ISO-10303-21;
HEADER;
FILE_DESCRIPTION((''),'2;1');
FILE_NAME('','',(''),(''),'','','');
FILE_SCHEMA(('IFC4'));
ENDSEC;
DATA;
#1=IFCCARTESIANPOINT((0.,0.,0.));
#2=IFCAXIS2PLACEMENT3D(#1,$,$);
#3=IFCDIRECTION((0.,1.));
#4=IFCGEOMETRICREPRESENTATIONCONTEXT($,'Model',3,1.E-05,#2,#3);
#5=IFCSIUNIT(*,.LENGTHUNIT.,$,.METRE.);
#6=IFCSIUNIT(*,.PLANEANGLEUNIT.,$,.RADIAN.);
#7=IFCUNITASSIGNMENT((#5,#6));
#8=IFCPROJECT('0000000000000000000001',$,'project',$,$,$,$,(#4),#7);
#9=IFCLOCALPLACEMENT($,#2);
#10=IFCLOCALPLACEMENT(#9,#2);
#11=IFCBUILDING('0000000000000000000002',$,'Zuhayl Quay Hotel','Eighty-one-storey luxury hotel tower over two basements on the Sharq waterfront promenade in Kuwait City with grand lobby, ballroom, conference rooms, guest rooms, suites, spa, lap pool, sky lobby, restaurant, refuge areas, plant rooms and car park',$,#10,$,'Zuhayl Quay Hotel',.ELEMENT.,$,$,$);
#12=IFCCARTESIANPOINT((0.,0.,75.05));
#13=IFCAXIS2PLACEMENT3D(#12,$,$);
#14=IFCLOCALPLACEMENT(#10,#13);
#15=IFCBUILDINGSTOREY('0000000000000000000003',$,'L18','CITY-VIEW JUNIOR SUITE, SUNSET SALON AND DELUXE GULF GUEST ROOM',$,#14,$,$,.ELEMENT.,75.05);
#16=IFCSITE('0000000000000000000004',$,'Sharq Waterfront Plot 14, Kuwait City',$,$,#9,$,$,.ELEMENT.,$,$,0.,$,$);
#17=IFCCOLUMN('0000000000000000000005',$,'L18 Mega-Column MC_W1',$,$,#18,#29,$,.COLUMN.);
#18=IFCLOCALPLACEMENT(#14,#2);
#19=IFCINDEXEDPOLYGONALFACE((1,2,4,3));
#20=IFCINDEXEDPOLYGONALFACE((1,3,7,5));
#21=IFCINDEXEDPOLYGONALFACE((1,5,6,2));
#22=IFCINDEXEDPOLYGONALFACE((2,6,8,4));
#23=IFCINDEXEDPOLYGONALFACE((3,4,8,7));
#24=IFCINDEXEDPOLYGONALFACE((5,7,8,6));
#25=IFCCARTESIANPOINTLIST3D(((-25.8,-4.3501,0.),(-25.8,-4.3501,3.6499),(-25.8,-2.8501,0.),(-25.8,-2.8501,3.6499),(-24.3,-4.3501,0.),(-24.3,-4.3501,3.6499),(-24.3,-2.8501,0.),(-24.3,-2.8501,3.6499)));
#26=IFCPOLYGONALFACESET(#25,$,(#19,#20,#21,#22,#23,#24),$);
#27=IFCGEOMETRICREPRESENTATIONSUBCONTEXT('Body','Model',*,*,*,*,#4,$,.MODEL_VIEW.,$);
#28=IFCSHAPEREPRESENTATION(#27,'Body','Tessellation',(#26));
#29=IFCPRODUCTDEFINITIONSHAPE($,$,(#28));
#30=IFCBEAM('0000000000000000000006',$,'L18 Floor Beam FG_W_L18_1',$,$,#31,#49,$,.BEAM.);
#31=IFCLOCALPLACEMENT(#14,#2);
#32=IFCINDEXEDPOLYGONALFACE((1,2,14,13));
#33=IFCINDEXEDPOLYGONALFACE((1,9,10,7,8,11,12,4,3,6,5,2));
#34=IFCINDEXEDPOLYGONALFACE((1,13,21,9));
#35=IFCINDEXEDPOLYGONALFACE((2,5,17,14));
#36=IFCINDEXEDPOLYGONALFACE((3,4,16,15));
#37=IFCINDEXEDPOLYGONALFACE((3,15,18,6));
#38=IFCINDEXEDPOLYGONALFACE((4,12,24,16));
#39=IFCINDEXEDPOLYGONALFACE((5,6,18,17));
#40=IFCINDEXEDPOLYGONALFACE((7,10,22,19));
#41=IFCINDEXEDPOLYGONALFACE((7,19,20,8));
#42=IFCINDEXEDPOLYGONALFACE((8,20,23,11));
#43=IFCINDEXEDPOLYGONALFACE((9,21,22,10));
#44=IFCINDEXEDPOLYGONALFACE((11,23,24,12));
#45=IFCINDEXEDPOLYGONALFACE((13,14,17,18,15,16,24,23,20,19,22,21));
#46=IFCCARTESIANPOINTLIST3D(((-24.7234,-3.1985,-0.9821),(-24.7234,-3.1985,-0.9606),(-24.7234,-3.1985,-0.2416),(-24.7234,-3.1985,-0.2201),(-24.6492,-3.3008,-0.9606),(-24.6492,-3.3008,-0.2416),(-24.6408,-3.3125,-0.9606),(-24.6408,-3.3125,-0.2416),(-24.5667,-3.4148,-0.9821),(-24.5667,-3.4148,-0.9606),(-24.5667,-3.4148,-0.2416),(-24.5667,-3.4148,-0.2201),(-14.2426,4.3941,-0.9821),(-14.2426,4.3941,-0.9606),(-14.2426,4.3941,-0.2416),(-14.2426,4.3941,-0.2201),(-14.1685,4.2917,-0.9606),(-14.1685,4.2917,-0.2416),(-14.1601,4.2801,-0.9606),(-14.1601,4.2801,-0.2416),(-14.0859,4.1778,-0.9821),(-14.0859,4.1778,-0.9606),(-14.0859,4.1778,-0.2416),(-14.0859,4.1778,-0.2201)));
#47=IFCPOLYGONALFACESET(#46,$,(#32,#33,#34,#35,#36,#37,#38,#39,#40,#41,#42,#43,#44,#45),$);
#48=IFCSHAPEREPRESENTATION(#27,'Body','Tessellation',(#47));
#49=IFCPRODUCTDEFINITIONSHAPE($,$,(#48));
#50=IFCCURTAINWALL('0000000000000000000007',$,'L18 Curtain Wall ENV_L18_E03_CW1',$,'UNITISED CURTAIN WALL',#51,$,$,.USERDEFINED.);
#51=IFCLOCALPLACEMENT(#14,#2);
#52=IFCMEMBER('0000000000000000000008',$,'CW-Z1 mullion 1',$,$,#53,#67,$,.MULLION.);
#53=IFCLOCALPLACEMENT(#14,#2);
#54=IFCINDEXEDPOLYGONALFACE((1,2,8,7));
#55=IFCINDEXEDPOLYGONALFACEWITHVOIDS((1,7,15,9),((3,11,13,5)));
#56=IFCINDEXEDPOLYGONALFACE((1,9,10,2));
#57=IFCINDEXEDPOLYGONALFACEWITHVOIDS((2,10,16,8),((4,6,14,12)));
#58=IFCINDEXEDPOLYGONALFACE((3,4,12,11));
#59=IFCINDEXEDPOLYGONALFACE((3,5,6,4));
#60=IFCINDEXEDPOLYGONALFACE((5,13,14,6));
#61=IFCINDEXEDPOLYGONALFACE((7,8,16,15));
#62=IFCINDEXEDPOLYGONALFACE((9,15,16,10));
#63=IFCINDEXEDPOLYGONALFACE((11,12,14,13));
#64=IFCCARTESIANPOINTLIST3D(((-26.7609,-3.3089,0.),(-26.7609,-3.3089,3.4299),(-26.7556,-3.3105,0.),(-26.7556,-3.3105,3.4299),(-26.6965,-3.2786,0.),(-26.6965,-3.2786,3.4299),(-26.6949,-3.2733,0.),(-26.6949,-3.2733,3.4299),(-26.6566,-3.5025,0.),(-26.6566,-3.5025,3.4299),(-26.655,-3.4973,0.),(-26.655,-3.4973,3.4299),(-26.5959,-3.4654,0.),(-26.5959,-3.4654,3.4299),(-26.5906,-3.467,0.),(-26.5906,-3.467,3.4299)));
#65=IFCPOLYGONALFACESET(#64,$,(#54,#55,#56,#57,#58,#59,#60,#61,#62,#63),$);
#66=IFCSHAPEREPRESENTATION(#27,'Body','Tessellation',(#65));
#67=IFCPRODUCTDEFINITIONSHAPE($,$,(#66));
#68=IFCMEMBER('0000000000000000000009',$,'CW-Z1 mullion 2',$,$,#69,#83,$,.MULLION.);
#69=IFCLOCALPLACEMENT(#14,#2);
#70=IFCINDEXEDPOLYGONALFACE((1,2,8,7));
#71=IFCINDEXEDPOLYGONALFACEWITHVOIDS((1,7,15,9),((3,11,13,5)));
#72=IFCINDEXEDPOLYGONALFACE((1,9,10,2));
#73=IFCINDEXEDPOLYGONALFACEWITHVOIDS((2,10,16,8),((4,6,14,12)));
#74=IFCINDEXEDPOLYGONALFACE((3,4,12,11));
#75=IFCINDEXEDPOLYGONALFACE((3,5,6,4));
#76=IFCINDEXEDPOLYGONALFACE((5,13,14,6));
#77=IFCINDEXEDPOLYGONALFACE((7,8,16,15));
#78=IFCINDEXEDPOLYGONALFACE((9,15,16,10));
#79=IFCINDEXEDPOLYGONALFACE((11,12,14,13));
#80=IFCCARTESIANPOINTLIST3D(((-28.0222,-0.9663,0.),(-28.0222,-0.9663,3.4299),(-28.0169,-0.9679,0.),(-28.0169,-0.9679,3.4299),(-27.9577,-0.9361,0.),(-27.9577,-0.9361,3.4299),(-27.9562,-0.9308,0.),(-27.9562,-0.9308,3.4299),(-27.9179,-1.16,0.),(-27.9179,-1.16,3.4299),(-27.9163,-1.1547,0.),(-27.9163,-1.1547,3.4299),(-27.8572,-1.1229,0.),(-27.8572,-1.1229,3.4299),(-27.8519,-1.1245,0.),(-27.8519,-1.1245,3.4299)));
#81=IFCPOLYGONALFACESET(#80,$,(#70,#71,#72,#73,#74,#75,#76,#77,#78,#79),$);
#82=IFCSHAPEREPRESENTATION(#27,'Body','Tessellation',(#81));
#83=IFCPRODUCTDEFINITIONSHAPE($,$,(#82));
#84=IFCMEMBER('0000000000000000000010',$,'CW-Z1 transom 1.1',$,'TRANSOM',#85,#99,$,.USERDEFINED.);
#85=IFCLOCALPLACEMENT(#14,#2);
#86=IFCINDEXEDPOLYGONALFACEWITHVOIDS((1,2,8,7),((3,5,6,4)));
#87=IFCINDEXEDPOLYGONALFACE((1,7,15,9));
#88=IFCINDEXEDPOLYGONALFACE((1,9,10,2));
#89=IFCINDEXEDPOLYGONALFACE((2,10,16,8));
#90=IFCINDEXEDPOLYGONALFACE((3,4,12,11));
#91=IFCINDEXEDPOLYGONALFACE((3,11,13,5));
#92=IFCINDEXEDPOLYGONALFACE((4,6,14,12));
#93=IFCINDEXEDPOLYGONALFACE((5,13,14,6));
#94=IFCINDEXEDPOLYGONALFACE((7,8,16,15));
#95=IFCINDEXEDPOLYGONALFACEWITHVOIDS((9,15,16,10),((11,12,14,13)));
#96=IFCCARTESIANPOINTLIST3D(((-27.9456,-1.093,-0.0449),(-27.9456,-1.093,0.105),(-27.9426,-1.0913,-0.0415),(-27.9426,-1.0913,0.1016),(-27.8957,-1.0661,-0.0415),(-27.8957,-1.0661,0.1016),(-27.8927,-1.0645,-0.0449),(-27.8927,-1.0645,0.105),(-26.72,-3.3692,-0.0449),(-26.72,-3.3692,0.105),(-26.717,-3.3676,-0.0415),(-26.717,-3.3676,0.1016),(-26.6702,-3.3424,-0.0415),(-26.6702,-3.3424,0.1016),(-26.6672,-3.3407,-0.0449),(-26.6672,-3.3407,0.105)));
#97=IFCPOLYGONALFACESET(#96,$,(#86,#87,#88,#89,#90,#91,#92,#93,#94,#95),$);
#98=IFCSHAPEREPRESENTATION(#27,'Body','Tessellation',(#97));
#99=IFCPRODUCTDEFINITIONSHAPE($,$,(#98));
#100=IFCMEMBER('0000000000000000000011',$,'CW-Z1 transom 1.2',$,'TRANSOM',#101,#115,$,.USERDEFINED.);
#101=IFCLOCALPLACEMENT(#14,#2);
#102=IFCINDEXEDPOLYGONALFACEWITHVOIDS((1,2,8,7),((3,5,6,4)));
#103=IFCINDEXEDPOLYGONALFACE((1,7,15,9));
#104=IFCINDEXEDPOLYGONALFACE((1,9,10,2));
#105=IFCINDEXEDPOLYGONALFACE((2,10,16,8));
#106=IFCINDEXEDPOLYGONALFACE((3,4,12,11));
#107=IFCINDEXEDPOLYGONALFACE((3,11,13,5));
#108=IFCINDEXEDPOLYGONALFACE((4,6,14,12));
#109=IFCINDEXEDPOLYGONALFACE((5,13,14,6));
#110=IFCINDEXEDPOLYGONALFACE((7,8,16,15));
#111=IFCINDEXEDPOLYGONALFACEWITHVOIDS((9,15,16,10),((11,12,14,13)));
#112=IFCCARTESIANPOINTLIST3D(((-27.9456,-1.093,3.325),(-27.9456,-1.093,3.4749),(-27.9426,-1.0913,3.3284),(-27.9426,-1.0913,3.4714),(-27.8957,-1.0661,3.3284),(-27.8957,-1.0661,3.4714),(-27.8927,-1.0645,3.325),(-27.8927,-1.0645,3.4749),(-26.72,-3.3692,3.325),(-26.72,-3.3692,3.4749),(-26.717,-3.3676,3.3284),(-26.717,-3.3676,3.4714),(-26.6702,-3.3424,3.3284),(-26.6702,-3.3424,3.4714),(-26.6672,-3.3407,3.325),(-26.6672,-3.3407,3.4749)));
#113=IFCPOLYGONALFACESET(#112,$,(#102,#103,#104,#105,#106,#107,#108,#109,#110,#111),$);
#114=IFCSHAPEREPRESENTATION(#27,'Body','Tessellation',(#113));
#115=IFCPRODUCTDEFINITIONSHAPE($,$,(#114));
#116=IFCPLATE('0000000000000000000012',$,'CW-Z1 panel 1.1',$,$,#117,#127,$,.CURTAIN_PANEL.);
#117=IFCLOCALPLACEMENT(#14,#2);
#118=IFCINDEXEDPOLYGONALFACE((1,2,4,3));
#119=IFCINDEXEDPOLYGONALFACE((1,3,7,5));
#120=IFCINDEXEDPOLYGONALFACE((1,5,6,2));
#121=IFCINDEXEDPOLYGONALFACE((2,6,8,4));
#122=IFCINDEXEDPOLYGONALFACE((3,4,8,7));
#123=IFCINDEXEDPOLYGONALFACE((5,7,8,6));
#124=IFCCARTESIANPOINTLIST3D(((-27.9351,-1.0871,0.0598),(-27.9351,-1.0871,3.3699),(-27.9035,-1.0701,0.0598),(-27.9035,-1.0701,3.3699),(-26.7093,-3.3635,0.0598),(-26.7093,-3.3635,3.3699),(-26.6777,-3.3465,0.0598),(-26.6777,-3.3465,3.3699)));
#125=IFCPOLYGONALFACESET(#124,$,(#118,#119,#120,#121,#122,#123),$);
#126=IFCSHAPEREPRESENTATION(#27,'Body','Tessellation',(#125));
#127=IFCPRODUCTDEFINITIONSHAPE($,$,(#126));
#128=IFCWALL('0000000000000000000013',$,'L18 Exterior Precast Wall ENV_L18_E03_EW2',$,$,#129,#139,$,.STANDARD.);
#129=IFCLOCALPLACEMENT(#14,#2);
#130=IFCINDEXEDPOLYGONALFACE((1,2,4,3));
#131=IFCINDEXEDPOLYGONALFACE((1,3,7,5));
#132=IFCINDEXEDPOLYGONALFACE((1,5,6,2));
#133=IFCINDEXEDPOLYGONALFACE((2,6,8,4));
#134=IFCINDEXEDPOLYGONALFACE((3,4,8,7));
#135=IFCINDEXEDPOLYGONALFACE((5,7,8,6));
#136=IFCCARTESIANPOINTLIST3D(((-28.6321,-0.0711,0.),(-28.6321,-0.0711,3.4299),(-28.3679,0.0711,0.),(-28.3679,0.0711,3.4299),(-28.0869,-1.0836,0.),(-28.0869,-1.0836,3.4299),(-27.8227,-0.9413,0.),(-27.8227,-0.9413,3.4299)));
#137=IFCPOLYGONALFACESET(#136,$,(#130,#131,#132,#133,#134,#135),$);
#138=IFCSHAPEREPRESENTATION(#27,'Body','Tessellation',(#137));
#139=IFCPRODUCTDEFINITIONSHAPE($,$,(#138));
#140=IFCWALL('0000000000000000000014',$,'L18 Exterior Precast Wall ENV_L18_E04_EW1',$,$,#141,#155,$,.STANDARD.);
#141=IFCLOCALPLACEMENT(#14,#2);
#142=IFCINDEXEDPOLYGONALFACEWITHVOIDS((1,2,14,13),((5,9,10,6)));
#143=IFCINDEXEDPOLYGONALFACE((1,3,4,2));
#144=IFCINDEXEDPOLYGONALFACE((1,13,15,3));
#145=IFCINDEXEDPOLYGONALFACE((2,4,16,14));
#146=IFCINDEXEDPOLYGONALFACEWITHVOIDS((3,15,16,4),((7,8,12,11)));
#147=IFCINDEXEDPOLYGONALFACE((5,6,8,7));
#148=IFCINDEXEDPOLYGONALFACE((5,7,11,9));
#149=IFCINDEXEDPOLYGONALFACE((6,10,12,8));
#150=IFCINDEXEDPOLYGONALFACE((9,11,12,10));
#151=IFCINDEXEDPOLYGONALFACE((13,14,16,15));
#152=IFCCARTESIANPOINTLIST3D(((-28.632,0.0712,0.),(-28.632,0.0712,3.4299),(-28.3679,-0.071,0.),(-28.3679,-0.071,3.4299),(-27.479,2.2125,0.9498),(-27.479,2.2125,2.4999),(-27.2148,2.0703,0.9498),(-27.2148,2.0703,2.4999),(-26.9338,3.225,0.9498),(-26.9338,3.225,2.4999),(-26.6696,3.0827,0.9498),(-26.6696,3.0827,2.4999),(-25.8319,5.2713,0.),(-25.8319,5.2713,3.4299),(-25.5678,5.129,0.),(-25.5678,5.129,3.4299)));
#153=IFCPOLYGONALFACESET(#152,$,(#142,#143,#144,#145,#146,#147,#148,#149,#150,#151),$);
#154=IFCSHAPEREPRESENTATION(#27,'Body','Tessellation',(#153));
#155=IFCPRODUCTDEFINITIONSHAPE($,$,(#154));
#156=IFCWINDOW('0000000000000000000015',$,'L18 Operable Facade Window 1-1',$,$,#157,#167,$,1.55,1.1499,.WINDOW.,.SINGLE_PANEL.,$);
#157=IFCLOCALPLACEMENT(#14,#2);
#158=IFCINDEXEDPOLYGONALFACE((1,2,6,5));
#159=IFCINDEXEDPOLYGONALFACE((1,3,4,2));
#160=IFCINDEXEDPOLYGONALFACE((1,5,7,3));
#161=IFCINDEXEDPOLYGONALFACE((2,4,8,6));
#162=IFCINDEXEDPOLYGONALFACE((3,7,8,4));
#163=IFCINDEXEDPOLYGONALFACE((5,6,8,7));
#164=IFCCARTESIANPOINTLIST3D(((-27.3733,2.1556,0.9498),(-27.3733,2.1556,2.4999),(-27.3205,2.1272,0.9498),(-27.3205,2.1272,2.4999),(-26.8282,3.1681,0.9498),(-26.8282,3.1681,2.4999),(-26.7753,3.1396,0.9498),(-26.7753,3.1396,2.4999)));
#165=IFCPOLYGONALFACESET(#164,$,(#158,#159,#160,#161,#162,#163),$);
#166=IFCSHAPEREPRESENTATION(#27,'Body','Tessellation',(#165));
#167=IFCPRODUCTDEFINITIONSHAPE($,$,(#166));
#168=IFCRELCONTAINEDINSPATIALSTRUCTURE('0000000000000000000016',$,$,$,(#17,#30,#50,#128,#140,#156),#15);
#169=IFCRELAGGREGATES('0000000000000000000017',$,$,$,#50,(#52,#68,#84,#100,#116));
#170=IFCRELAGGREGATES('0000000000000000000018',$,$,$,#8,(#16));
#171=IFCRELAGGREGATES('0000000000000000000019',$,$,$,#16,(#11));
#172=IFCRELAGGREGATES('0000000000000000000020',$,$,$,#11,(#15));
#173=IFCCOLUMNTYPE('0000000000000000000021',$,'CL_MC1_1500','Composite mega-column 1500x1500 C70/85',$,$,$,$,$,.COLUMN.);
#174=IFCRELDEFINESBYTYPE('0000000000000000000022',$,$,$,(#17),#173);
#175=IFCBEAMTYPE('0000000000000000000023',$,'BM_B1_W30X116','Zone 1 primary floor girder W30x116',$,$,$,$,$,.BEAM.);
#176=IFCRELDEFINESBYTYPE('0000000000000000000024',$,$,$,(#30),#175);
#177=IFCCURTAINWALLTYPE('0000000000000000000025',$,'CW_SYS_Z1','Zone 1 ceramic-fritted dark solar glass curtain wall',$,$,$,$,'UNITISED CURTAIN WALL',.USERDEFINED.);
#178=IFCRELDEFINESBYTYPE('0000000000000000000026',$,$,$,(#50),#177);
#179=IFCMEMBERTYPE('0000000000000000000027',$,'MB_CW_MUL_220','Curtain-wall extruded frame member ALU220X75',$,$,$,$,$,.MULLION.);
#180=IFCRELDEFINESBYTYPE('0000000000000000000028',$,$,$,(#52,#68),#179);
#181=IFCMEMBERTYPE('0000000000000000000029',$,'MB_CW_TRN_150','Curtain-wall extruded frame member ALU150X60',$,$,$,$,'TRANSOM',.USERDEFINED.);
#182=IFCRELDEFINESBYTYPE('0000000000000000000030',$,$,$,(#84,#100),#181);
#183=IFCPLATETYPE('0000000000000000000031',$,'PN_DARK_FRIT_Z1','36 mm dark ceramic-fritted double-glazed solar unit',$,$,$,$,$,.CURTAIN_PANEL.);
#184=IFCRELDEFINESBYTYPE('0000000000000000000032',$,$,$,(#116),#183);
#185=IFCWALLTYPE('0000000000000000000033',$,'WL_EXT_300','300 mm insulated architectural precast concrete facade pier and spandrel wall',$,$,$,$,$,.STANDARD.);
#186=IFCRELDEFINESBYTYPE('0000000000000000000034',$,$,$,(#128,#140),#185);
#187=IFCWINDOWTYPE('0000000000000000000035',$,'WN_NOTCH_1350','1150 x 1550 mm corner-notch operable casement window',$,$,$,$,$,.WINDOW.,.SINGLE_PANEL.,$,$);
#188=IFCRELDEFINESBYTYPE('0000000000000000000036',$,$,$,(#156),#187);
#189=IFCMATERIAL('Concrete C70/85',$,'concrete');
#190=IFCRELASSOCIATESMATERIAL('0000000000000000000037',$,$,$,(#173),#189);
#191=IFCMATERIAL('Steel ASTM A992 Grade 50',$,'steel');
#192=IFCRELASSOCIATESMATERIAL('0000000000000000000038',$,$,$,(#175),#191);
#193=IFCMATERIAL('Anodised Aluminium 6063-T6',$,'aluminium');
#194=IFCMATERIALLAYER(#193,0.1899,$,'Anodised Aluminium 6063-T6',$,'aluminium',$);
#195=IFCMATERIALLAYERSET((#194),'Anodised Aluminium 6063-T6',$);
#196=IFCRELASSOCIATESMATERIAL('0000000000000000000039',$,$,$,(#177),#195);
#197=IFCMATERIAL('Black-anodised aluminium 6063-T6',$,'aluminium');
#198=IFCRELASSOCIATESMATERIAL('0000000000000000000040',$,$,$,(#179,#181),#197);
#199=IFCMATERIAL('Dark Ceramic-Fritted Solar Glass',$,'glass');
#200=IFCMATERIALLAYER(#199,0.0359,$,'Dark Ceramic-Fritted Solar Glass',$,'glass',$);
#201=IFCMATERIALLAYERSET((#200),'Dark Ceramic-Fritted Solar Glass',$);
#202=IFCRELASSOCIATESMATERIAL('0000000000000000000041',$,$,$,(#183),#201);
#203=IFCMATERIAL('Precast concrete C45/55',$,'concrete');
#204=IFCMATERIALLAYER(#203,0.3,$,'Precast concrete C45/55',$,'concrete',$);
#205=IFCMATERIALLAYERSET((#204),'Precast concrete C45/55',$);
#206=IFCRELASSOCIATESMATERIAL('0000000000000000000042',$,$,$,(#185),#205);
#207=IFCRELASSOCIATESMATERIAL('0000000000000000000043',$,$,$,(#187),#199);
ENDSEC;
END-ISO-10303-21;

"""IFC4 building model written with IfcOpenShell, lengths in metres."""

from ifc_helpers import new_model, si_unit, direction, frame, frame_2d, origin, origin_2d, place, context, subcontext, project, spatial, rectangle, hollow_rectangle, i_section, extrude, material, layer, layer_set, material_profile, profile_set, type_object, element, fill, aggregate, save


model = new_model("IFC4")

# Units and contexts
model_context = context("Model", 3, precision=1e-05, world=origin(), true_north=direction((0.0, 1.0)))
body_context = subcontext(model_context, "Body", "Model", "MODEL_VIEW")
ifc_project = project(units=[si_unit("LENGTHUNIT", "METRE"), si_unit("PLANEANGLEUNIT", "RADIAN")], contexts=[model_context])

# Site, building, storey
site_placement = place(None, origin())
site = spatial("IfcSite", under=ifc_project, at=site_placement, Name="Sharq Waterfront Plot 14, Kuwait City", CompositionType="ELEMENT", RefElevation=0.0)
building_placement = place(site_placement, origin())
building = spatial("IfcBuilding", under=site, at=building_placement, Name="Zuhayl Quay Hotel", Description="Eighty-one-storey luxury hotel tower over two basements on the Sharq waterfront promenade in Kuwait City with grand lobby, ballroom, conference rooms, guest rooms, suites, spa, lap pool, sky lobby, restaurant, refuge areas, plant rooms and car park", LongName="Zuhayl Quay Hotel", CompositionType="ELEMENT")
storey_placement = place(building_placement, frame((0.0, 0.0, 75.05)))
storey = spatial("IfcBuildingStorey", under=building, at=storey_placement, Name="L18", Description="CITY-VIEW JUNIOR SUITE, SUNSET SALON AND DELUXE GULF GUEST ROOM", CompositionType="ELEMENT", Elevation=75.05)

# Column
ifc_material_1 = material(Name="Concrete C70/85", Category="concrete")
ifc_material_profile_1 = material_profile(ifc_material_1, rectangle(XDim=1.5, YDim=1.5, at=origin_2d()), Name="RC1500X1500")
ifc_profile_set_1 = profile_set([ifc_material_profile_1], Name="Concrete C70/85")
column_type = type_object("IfcColumnType", Name="CL_MC1_1500", Description="Composite mega-column 1500x1500 C70/85", PredefinedType="COLUMN", material=ifc_profile_set_1)
column_placement = place(storey_placement, frame((-25.05, -3.6001, 0.0), z_axis=(0.0, 0.0, 1.0), x_axis=(1.0, 0.0, 0.0)))
element("IfcColumn", 1, at=column_placement, inside=storey, type_object=column_type, Name="L18 Mega-Column MC_W1", PredefinedType="COLUMN", context=body_context, shape_type="SweptSolid", body=[
    extrude(rectangle(XDim=1.5, YDim=1.5, at=origin_2d()), origin(), (0.0, 0.0, 1.0), 3.6499),
])

# Beam
ifc_material_2 = material(Name="Steel ASTM A992 Grade 50", Category="steel")
ifc_material_profile_2 = material_profile(ifc_material_2, i_section(OverallWidth=0.2671, OverallDepth=0.762, WebThickness=0.0144, FlangeThickness=0.0215, at=origin_2d()), Name="W30X116")
ifc_profile_set_2 = profile_set([ifc_material_profile_2], Name="Steel ASTM A992 Grade 50")
beam_type = type_object("IfcBeamType", Name="BM_B1_W30X116", Description="Zone 1 primary floor girder W30x116", PredefinedType="BEAM", material=ifc_profile_set_2)
beam_placement = place(storey_placement, frame((-24.645, -3.3066, -0.6011), z_axis=(0.80983, 0.586664, 0.0), x_axis=(-0.586664, 0.80983, 0.0)))
element("IfcBeam", 2, at=beam_placement, inside=storey, type_object=beam_type, Name="L18 Floor Beam FG_W_L18_1", PredefinedType="BEAM", context=body_context, shape_type="SweptSolid", body=[
    extrude(i_section(OverallWidth=0.2671, OverallDepth=0.762, WebThickness=0.0144, FlangeThickness=0.0215, at=origin_2d()), origin(), (0.0, 0.0, 1.0), 12.9419),
])

# Curtain wall, members, plate
ifc_material_3 = material(Name="Anodised Aluminium 6063-T6", Category="aluminium")
ifc_layer_1 = layer(ifc_material_3, 0.1899, Name="Anodised Aluminium 6063-T6", Category="aluminium")
ifc_layer_set_1 = layer_set([ifc_layer_1], Name="Anodised Aluminium 6063-T6")
curtain_wall_type = type_object("IfcCurtainWallType", Name="CW_SYS_Z1", Description="Zone 1 ceramic-fritted dark solar glass curtain wall", ElementType="UNITISED CURTAIN WALL", PredefinedType="USERDEFINED", material=ifc_layer_set_1)
curtain_wall_placement = place(storey_placement, origin())
curtain_wall = element("IfcCurtainWall", 3, at=curtain_wall_placement, inside=storey, type_object=curtain_wall_type, Name="L18 Curtain Wall ENV_L18_E03_CW1", ObjectType="UNITISED CURTAIN WALL", PredefinedType="USERDEFINED")
ifc_material_4 = material(Name="Black-anodised aluminium 6063-T6", Category="aluminium")
ifc_material_profile_3 = material_profile(ifc_material_4, hollow_rectangle(XDim=0.075, YDim=0.22, WallThickness=0.0039, at=origin_2d()), Name="ALU220X75")
ifc_profile_set_3 = profile_set([ifc_material_profile_3], Name="Black-anodised aluminium 6063-T6")
member_type_1 = type_object("IfcMemberType", Name="MB_CW_MUL_220", Description="Curtain-wall extruded frame member ALU220X75", PredefinedType="MULLION", material=ifc_profile_set_3)
member_1_placement = place(storey_placement, frame((-26.6758, -3.3879, 0.0), z_axis=(0.0, 0.0, 1.0), x_axis=(-0.880476, -0.474091, 0.0)))
member_1 = element("IfcMember", 4, at=member_1_placement, type_object=member_type_1, Name="CW-Z1 mullion 1", PredefinedType="MULLION", context=body_context, shape_type="SweptSolid", body=[
    extrude(hollow_rectangle(XDim=0.075, YDim=0.22, WallThickness=0.0039, at=origin_2d()), origin(), (0.0, 0.0, 1.0), 3.4299),
])
member_2_placement = place(storey_placement, frame((-27.937, -1.0454, 0.0), z_axis=(0.0, 0.0, 1.0), x_axis=(-0.880476, -0.474091, 0.0)))
member_2 = element("IfcMember", 5, at=member_2_placement, type_object=member_type_1, Name="CW-Z1 mullion 2", PredefinedType="MULLION", context=body_context, shape_type="SweptSolid", body=[
    extrude(hollow_rectangle(XDim=0.075, YDim=0.22, WallThickness=0.0039, at=origin_2d()), origin(), (0.0, 0.0, 1.0), 3.4299),
])
ifc_material_profile_4 = material_profile(ifc_material_4, hollow_rectangle(XDim=0.0601, YDim=0.1499, WallThickness=0.0034, at=origin_2d()), Name="ALU150X60")
ifc_profile_set_4 = profile_set([ifc_material_profile_4], Name="Black-anodised aluminium 6063-T6")
member_type_2 = type_object("IfcMemberType", Name="MB_CW_TRN_150", Description="Curtain-wall extruded frame member ALU150X60", ElementType="TRANSOM", PredefinedType="USERDEFINED", material=ifc_profile_set_4)
member_3_placement = place(storey_placement, frame((-26.6936, -3.355, 0.03), z_axis=(-0.474055, 0.880495, 0.0), x_axis=(-0.880495, -0.474055, 0.0)))
member_3 = element("IfcMember", 6, at=member_3_placement, type_object=member_type_2, Name="CW-Z1 transom 1.1", ObjectType="TRANSOM", PredefinedType="USERDEFINED", context=body_context, shape_type="SweptSolid", body=[
    extrude(hollow_rectangle(XDim=0.0601, YDim=0.1499, WallThickness=0.0034, at=origin_2d()), origin(), (0.0, 0.0, 1.0), 2.5852),
])
member_4_placement = place(storey_placement, frame((-26.6936, -3.355, 3.3999), z_axis=(-0.474055, 0.880495, 0.0), x_axis=(-0.880495, -0.474055, 0.0)))
member_4 = element("IfcMember", 7, at=member_4_placement, type_object=member_type_2, Name="CW-Z1 transom 1.2", ObjectType="TRANSOM", PredefinedType="USERDEFINED", context=body_context, shape_type="SweptSolid", body=[
    extrude(hollow_rectangle(XDim=0.0601, YDim=0.1499, WallThickness=0.0034, at=origin_2d()), origin(), (0.0, 0.0, 1.0), 2.5852),
])
ifc_material_5 = material(Name="Dark Ceramic-Fritted Solar Glass", Category="glass")
ifc_layer_2 = layer(ifc_material_5, 0.0359, Name="Dark Ceramic-Fritted Solar Glass", Category="glass")
ifc_layer_set_2 = layer_set([ifc_layer_2], Name="Dark Ceramic-Fritted Solar Glass")
plate_type = type_object("IfcPlateType", Name="PN_DARK_FRIT_Z1", Description="36 mm dark ceramic-fritted double-glazed solar unit", PredefinedType="CURTAIN_PANEL", material=ifc_layer_set_2)
plate_placement = place(storey_placement, frame((-27.3064, -2.2168, 0.0598), z_axis=(0.0, 0.0, 1.0), x_axis=(-0.474091, 0.880476, 0.0)))
plate = element("IfcPlate", 8, at=plate_placement, type_object=plate_type, Name="CW-Z1 panel 1.1", PredefinedType="CURTAIN_PANEL", context=body_context, shape_type="SweptSolid", body=[
    extrude(rectangle(XDim=2.5854, YDim=0.0359, at=origin_2d()), origin(), (0.0, 0.0, 1.0), 3.3101),
])
aggregate(curtain_wall, [member_1, member_2, member_3, member_4, plate])

# Wall
ifc_material_6 = material(Name="Precast concrete C45/55", Category="concrete")
ifc_layer_3 = layer(ifc_material_6, 0.3, Name="Precast concrete C45/55", Category="concrete")
ifc_layer_set_3 = layer_set([ifc_layer_3], Name="Precast concrete C45/55")
wall_type_1 = type_object("IfcWallType", Name="WL_EXT_300", Description="300 mm insulated architectural precast concrete facade pier and spandrel wall", PredefinedType="STANDARD", material=ifc_layer_set_3)
wall_1_placement = place(storey_placement, frame((-27.9548, -1.0125, 0.0), z_axis=(0.0, 0.0, 1.0), x_axis=(-0.4741, 0.880471, 0.0)))
element("IfcWall", 9, at=wall_1_placement, inside=storey, type_object=wall_type_1, Name="L18 Exterior Precast Wall ENV_L18_E03_EW2", PredefinedType="STANDARD", context=body_context, shape_type="SweptSolid", body=[
    extrude(rectangle(XDim=1.1499, YDim=0.3, at=frame_2d((0.575, 0.0))), origin(), (0.0, 0.0, 1.0), 3.4299),
])

# Wall, opening, window
wall_2_placement = place(storey_placement, frame((-28.5, 0.0, 0.0), z_axis=(0.0, 0.0, 1.0), x_axis=(0.47411, 0.880466, 0.0)))
wall_2 = element("IfcWall", 10, at=wall_2_placement, inside=storey, type_object=wall_type_1, Name="L18 Exterior Precast Wall ENV_L18_E04_EW1", PredefinedType="STANDARD", context=body_context, shape_type="SweptSolid", body=[
    extrude(rectangle(XDim=5.906, YDim=0.3, at=frame_2d((2.9531, 0.0))), origin(), (0.0, 0.0, 1.0), 3.4299),
])
opening_1_placement = place(wall_2_placement, frame((2.4321, 0.0, 0.95)))
opening_1 = element("IfcOpeningElement", 11, at=opening_1_placement, cuts=wall_2, PredefinedType="OPENING", context=body_context, shape_type="SweptSolid", body=[
    extrude(rectangle(XDim=1.1499, YDim=1.55, at=frame_2d((0.575, 0.7749))), frame((0.0, 0.1599, 0.0), z_axis=(0.0, -1.0, 0.0), x_axis=(1.0, 0.0, 0.0)), (0.0, 0.0, 1.0), 0.3201),
])
window_type = type_object("IfcWindowType", Name="WN_NOTCH_1350", Description="1150 x 1550 mm corner-notch operable casement window", PartitioningType="SINGLE_PANEL", PredefinedType="WINDOW", material=ifc_material_5)
window_placement = place(opening_1_placement, origin())
window = element("IfcWindow", 12, at=window_placement, inside=storey, type_object=window_type, Name="L18 Operable Facade Window 1-1", OverallHeight=1.55, OverallWidth=1.1499, PartitioningType="SINGLE_PANEL", PredefinedType="WINDOW", context=body_context, shape_type="SweptSolid", body=[
    extrude(rectangle(XDim=1.1499, YDim=1.55, at=frame_2d((0.575, 0.7749))), frame((0.0, 0.03, 0.0), z_axis=(0.0, -1.0, 0.0), x_axis=(1.0, 0.0, 0.0)), (0.0, 0.0, 1.0), 0.0601),
])
fill(opening_1, window)

save(model, "model.ifc")
